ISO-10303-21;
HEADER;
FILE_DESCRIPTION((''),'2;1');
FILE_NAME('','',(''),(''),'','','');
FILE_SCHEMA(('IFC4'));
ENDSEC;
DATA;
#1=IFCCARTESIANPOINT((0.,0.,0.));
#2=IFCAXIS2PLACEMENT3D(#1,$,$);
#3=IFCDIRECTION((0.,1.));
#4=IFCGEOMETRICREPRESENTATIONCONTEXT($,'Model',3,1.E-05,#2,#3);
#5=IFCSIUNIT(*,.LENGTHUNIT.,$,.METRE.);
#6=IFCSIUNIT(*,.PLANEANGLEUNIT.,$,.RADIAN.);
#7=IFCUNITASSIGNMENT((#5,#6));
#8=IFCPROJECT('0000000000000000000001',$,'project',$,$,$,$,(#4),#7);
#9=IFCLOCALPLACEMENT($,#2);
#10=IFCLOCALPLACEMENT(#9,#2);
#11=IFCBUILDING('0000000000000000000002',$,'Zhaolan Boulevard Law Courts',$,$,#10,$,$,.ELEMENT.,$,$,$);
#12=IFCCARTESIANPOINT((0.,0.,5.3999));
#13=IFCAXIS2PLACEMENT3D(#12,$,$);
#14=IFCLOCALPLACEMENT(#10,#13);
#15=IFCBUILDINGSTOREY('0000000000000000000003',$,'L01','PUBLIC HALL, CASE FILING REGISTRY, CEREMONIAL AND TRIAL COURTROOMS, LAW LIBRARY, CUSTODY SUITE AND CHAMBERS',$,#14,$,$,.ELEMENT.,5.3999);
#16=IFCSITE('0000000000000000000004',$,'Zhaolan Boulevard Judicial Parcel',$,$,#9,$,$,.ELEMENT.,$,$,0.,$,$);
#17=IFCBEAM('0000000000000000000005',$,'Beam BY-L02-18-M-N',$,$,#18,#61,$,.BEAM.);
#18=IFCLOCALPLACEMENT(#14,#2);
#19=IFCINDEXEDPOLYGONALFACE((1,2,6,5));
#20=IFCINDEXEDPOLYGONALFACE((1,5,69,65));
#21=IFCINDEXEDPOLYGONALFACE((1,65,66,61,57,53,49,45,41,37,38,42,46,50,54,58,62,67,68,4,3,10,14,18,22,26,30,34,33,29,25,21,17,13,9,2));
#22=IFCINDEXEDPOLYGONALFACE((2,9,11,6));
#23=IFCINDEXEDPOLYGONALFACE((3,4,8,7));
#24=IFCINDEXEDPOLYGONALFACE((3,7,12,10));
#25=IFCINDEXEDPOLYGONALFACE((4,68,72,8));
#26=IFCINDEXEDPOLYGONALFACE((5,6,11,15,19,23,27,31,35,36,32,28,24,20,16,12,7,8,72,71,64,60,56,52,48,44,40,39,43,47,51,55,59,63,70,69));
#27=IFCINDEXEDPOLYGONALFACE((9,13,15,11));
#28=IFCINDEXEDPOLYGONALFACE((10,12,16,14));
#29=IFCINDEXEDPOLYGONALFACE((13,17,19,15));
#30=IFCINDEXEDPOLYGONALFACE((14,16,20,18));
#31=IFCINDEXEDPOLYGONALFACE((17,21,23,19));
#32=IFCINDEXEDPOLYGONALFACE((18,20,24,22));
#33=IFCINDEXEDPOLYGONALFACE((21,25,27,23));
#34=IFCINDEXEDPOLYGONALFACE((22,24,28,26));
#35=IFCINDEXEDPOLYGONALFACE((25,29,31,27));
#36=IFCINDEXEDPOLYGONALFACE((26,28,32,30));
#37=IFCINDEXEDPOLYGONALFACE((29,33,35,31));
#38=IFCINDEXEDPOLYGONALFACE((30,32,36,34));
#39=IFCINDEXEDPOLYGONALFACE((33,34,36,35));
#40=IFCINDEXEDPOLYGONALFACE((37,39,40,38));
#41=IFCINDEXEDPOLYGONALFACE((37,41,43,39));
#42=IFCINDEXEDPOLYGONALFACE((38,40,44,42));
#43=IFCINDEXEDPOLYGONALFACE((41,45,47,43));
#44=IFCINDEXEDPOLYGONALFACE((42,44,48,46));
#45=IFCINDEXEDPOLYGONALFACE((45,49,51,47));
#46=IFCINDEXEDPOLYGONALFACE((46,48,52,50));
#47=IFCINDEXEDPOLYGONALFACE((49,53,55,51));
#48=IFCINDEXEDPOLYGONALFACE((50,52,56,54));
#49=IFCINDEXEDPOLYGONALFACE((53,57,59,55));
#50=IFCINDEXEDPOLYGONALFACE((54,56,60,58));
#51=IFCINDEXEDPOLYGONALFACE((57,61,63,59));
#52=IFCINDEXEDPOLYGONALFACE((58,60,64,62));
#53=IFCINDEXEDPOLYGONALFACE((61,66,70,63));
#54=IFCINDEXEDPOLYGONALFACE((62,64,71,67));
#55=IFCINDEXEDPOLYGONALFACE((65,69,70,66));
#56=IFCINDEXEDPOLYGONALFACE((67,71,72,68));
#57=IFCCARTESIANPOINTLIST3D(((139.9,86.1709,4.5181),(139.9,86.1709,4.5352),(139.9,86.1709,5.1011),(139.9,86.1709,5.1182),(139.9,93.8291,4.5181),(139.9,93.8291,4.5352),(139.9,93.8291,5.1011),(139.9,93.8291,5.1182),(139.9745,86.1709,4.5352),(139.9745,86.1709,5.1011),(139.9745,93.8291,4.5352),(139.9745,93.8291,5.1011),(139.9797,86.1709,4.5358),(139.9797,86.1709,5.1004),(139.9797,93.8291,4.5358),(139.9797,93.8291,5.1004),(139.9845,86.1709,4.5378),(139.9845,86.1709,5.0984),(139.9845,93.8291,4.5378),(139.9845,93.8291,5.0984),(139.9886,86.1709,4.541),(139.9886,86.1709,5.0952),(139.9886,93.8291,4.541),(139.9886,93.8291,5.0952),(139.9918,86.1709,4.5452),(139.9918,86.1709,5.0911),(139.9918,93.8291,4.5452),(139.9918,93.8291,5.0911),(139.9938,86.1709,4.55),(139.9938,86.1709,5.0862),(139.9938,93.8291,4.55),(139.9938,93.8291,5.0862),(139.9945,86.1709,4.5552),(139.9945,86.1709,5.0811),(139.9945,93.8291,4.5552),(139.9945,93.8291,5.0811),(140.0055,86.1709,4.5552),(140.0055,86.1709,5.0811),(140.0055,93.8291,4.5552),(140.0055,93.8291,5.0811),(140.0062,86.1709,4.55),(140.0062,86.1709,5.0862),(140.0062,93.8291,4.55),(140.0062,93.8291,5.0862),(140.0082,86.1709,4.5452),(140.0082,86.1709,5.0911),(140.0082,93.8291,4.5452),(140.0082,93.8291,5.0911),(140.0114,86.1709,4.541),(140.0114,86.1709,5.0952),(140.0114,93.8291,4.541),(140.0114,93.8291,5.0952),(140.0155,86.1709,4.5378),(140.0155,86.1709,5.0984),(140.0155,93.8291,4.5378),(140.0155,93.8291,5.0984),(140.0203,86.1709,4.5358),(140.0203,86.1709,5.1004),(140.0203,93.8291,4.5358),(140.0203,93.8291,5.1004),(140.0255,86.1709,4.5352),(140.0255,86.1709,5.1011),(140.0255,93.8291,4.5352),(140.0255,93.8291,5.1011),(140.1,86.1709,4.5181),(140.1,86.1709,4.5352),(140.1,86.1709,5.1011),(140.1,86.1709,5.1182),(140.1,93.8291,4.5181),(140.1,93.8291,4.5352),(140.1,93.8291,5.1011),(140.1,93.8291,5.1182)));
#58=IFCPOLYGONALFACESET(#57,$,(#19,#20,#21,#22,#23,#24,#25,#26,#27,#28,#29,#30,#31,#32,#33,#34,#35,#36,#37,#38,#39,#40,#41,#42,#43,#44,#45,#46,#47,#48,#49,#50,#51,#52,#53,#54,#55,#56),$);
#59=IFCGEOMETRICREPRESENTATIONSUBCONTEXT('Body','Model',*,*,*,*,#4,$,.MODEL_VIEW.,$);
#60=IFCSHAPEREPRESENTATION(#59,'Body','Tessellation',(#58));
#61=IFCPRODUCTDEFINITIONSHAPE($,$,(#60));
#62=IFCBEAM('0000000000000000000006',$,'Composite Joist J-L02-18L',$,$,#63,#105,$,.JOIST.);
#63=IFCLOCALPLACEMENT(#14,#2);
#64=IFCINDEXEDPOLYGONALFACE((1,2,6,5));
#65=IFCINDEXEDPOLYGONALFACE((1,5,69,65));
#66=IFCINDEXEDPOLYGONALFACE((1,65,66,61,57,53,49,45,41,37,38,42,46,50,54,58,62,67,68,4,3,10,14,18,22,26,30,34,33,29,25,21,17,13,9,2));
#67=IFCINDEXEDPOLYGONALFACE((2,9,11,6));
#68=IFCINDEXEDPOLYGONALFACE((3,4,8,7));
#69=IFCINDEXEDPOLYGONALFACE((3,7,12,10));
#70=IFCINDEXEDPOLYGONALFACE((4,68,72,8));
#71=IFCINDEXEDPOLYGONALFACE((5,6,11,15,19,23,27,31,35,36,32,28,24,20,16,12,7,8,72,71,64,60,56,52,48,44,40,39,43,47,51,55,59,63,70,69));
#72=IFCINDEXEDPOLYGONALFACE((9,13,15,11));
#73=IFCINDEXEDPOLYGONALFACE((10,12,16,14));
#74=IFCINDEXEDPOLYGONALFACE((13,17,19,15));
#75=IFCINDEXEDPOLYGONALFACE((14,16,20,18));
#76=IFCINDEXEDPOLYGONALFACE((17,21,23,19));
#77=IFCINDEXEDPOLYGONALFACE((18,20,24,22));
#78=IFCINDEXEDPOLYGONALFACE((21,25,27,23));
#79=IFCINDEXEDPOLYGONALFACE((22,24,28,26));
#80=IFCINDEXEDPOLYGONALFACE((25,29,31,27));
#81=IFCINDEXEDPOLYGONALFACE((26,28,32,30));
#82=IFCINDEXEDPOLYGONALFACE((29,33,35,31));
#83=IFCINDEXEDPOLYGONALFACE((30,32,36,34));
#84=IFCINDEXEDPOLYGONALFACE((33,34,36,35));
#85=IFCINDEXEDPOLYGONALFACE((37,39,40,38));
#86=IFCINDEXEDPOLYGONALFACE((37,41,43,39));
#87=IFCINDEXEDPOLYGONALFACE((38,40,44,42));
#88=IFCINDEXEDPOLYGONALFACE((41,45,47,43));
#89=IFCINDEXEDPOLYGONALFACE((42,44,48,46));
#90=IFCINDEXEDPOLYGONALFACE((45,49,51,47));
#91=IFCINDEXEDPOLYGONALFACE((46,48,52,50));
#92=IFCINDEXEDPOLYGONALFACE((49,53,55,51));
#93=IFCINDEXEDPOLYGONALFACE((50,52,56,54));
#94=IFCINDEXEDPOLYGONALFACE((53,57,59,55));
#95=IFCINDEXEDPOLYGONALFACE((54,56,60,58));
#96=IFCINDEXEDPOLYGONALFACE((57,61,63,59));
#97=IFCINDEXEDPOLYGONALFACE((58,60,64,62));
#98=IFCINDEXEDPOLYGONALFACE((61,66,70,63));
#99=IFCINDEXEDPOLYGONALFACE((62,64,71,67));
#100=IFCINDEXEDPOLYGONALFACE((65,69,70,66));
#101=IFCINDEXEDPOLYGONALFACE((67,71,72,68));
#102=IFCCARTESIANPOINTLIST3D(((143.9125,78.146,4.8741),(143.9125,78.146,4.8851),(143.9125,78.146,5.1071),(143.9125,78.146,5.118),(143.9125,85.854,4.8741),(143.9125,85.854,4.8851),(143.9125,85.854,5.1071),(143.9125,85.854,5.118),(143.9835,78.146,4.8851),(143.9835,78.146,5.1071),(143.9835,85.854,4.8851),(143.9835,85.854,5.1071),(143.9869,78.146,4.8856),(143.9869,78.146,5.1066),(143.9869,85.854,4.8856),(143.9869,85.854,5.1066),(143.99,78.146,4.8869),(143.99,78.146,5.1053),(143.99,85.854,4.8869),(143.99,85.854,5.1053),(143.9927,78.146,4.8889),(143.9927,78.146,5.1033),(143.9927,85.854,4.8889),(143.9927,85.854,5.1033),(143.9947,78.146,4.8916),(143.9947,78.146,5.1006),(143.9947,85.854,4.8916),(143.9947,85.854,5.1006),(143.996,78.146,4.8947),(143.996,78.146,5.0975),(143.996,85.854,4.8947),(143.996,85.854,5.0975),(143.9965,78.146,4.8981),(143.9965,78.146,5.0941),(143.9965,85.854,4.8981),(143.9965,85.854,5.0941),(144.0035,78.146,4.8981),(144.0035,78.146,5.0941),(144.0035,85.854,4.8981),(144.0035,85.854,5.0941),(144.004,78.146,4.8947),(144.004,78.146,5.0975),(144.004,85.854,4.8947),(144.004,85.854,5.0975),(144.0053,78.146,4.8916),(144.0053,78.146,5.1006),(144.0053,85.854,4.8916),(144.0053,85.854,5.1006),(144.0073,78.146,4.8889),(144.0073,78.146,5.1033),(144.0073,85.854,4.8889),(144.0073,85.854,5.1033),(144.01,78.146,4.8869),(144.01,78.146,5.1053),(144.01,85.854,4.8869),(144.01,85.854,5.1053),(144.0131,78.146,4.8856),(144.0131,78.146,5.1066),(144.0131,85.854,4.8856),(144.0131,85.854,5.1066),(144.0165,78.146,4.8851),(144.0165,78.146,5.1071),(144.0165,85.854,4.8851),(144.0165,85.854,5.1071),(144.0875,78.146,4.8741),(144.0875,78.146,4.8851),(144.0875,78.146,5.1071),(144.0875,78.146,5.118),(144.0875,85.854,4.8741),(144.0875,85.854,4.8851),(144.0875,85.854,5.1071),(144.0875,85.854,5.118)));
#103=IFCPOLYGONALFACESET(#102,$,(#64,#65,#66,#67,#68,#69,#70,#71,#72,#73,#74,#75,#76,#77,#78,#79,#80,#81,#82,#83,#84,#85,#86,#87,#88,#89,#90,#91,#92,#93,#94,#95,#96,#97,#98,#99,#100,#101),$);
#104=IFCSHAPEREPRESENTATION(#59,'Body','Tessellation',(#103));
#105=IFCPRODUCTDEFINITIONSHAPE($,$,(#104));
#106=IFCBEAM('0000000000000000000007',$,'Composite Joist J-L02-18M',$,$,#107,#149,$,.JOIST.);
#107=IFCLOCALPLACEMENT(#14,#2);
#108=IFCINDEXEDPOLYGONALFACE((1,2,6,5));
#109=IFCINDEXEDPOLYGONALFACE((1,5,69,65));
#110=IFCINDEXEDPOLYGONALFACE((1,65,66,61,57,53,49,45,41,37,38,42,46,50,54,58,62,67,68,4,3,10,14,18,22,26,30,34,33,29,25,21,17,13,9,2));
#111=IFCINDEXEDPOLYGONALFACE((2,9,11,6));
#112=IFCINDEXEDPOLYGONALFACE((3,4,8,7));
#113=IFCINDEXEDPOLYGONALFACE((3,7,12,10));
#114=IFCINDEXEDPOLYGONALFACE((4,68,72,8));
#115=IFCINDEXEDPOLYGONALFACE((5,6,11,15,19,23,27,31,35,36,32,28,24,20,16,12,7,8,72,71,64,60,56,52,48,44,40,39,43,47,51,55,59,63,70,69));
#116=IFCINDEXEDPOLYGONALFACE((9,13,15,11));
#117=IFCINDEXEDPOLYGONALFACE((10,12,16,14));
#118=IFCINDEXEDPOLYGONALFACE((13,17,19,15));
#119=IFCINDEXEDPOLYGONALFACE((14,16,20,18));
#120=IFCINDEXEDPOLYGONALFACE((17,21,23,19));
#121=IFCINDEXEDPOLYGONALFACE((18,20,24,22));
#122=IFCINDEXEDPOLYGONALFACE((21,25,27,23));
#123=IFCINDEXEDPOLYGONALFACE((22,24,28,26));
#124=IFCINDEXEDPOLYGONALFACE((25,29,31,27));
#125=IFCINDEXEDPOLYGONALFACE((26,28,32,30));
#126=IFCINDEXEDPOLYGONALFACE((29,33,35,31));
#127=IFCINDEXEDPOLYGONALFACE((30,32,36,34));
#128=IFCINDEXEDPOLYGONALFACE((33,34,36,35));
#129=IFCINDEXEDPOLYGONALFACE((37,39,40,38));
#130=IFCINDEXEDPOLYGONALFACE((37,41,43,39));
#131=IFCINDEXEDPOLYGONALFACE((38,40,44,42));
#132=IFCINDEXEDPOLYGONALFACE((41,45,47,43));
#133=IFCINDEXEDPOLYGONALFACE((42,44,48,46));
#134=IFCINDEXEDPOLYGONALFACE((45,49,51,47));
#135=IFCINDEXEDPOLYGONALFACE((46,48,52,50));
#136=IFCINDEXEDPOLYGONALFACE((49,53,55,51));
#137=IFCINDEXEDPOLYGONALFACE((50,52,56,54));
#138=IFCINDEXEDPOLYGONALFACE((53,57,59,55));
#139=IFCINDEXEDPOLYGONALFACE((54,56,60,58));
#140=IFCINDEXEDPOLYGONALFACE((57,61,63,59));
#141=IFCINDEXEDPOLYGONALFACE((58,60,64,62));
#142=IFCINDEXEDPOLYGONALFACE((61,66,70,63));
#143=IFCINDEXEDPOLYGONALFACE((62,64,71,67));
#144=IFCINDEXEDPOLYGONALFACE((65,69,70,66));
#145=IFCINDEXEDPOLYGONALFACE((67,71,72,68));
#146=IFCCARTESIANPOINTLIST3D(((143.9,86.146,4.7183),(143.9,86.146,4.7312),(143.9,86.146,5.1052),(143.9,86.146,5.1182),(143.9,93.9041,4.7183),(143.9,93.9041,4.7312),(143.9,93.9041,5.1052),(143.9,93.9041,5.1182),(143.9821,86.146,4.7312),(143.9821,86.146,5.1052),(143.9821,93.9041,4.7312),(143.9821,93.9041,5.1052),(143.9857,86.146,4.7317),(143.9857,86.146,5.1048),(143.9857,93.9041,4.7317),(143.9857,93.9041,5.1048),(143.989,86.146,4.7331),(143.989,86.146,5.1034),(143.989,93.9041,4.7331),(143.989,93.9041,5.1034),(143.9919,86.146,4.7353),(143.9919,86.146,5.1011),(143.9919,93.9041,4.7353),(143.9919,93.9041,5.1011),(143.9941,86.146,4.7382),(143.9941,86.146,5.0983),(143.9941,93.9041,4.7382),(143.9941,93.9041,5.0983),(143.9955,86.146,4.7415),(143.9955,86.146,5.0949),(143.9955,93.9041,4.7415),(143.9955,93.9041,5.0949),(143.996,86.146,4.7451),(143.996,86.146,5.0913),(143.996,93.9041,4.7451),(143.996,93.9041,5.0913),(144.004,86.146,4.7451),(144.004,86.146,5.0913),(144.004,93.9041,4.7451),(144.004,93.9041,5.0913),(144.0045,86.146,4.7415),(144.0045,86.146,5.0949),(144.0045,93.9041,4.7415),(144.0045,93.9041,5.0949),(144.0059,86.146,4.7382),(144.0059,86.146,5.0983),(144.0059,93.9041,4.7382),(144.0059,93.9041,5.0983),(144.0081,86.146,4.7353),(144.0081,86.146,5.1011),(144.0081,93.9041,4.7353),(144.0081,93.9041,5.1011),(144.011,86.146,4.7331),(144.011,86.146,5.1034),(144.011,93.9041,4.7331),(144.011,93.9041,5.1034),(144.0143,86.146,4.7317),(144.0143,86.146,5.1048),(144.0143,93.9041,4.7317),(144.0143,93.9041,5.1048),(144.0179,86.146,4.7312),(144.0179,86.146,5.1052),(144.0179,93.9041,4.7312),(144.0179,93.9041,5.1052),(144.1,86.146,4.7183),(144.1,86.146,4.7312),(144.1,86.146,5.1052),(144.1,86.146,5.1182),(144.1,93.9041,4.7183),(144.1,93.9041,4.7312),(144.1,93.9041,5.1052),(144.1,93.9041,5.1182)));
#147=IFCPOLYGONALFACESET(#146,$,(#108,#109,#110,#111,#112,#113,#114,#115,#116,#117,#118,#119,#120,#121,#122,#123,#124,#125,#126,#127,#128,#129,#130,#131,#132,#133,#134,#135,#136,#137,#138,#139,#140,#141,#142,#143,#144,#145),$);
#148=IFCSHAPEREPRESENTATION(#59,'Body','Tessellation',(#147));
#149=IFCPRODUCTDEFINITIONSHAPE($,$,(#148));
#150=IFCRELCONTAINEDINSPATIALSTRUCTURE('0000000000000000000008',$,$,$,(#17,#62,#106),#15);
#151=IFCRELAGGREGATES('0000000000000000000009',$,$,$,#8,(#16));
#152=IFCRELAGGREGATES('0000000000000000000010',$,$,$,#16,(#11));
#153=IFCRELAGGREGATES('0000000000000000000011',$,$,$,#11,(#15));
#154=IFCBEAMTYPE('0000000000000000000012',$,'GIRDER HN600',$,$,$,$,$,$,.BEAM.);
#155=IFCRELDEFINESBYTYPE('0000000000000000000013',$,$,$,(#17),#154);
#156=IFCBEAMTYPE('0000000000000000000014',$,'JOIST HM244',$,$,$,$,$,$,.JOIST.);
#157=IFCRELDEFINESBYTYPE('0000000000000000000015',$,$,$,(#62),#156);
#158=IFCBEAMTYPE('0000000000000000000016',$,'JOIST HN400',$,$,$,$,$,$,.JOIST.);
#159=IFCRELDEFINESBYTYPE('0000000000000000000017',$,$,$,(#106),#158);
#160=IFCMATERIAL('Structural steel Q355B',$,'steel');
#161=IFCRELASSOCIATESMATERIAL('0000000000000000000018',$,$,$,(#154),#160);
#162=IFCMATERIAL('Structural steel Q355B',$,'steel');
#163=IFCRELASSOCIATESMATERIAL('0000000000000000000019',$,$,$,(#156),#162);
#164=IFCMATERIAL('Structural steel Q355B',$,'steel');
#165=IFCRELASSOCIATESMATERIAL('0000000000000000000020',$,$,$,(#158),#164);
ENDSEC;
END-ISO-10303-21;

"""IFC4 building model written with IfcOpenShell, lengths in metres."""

from ifc_helpers import new_model, si_unit, direction, frame, origin, origin_2d, place, context, subcontext, project, spatial, i_section, extrude, material, material_profile, profile_set, type_object, element, save


model = new_model("IFC4")

# Units and contexts
model_context = context("Model", 3, precision=1e-05, world=origin(), true_north=direction((0.0, 1.0)))
body_context = subcontext(model_context, "Body", "Model", "MODEL_VIEW")
ifc_project = project(units=[si_unit("LENGTHUNIT", "METRE"), si_unit("PLANEANGLEUNIT", "RADIAN")], contexts=[model_context])

# Site, building, storey
site_placement = place(None, origin())
site = spatial("IfcSite", under=ifc_project, at=site_placement, Name="Zhaolan Boulevard Judicial Parcel", CompositionType="ELEMENT", RefElevation=0.0)
building_placement = place(site_placement, origin())
building = spatial("IfcBuilding", under=site, at=building_placement, Name="Zhaolan Boulevard Law Courts", CompositionType="ELEMENT")
storey_placement = place(building_placement, frame((0.0, 0.0, 5.3999)))
storey = spatial("IfcBuildingStorey", under=building, at=storey_placement, Name="L01", Description="PUBLIC HALL, CASE FILING REGISTRY, CEREMONIAL AND TRIAL COURTROOMS, LAW LIBRARY, CUSTODY SUITE AND CHAMBERS", CompositionType="ELEMENT", Elevation=5.3999)

# Beams
ifc_material_1 = material(Name="Structural steel Q355B", Category="steel")
ifc_material_profile_1 = material_profile(ifc_material_1, i_section(OverallWidth=0.2, OverallDepth=0.6001, WebThickness=0.011, FlangeThickness=0.0171, FilletRadius=0.02, at=origin_2d()), Name="HN600x200")
ifc_profile_set_1 = profile_set([ifc_material_profile_1], Name="Structural steel Q355B")
beam_type_1 = type_object("IfcBeamType", Name="GIRDER HN600", PredefinedType="BEAM", material=ifc_profile_set_1)
beam_1_placement = place(storey_placement, frame((140.0, 86.1709, 4.8181), z_axis=(0.0, 1.0, 0.0), x_axis=(-1.0, 0.0, 0.0)))
element("IfcBeam", 1, at=beam_1_placement, inside=storey, type_object=beam_type_1, Name="Beam BY-L02-18-M-N", PredefinedType="BEAM", context=body_context, shape_type="SweptSolid", body=[
    extrude(i_section(OverallWidth=0.2, OverallDepth=0.6001, WebThickness=0.011, FlangeThickness=0.0171, FilletRadius=0.02, at=origin_2d()), origin(), (0.0, 0.0, 1.0), 7.6582),
])
ifc_material_2 = material(Name="Structural steel Q355B", Category="steel")
ifc_material_profile_2 = material_profile(ifc_material_2, i_section(OverallWidth=0.175, OverallDepth=0.2439, WebThickness=0.0071, FlangeThickness=0.011, FilletRadius=0.0129, at=origin_2d()), Name="HM244x175")
ifc_profile_set_2 = profile_set([ifc_material_profile_2], Name="Structural steel Q355B")
beam_type_2 = type_object("IfcBeamType", Name="JOIST HM244", PredefinedType="JOIST", material=ifc_profile_set_2)
beam_2_placement = place(storey_placement, frame((144.0, 78.146, 4.9961), z_axis=(0.0, 1.0, 0.0), x_axis=(-1.0, 0.0, 0.0)))
element("IfcBeam", 2, at=beam_2_placement, inside=storey, type_object=beam_type_2, Name="Composite Joist J-L02-18L", PredefinedType="JOIST", context=body_context, shape_type="SweptSolid", body=[
    extrude(i_section(OverallWidth=0.175, OverallDepth=0.2439, WebThickness=0.0071, FlangeThickness=0.011, FilletRadius=0.0129, at=origin_2d()), origin(), (0.0, 0.0, 1.0), 7.708),
])
ifc_material_3 = material(Name="Structural steel Q355B", Category="steel")
ifc_material_profile_3 = material_profile(ifc_material_3, i_section(OverallWidth=0.2, OverallDepth=0.3999, WebThickness=0.0081, FlangeThickness=0.0129, FilletRadius=0.0139, at=origin_2d()), Name="HN400x200")
ifc_profile_set_3 = profile_set([ifc_material_profile_3], Name="Structural steel Q355B")
beam_type_3 = type_object("IfcBeamType", Name="JOIST HN400", PredefinedType="JOIST", material=ifc_profile_set_3)
beam_3_placement = place(storey_placement, frame((144.0, 86.146, 4.9182), z_axis=(0.0, 1.0, 0.0), x_axis=(-1.0, 0.0, 0.0)))
element("IfcBeam", 3, at=beam_3_placement, inside=storey, type_object=beam_type_3, Name="Composite Joist J-L02-18M", PredefinedType="JOIST", context=body_context, shape_type="SweptSolid", body=[
    extrude(i_section(OverallWidth=0.2, OverallDepth=0.3999, WebThickness=0.0081, FlangeThickness=0.0129, FilletRadius=0.0139, at=origin_2d()), origin(), (0.0, 0.0, 1.0), 7.7581),
])

save(model, "model.ifc")
